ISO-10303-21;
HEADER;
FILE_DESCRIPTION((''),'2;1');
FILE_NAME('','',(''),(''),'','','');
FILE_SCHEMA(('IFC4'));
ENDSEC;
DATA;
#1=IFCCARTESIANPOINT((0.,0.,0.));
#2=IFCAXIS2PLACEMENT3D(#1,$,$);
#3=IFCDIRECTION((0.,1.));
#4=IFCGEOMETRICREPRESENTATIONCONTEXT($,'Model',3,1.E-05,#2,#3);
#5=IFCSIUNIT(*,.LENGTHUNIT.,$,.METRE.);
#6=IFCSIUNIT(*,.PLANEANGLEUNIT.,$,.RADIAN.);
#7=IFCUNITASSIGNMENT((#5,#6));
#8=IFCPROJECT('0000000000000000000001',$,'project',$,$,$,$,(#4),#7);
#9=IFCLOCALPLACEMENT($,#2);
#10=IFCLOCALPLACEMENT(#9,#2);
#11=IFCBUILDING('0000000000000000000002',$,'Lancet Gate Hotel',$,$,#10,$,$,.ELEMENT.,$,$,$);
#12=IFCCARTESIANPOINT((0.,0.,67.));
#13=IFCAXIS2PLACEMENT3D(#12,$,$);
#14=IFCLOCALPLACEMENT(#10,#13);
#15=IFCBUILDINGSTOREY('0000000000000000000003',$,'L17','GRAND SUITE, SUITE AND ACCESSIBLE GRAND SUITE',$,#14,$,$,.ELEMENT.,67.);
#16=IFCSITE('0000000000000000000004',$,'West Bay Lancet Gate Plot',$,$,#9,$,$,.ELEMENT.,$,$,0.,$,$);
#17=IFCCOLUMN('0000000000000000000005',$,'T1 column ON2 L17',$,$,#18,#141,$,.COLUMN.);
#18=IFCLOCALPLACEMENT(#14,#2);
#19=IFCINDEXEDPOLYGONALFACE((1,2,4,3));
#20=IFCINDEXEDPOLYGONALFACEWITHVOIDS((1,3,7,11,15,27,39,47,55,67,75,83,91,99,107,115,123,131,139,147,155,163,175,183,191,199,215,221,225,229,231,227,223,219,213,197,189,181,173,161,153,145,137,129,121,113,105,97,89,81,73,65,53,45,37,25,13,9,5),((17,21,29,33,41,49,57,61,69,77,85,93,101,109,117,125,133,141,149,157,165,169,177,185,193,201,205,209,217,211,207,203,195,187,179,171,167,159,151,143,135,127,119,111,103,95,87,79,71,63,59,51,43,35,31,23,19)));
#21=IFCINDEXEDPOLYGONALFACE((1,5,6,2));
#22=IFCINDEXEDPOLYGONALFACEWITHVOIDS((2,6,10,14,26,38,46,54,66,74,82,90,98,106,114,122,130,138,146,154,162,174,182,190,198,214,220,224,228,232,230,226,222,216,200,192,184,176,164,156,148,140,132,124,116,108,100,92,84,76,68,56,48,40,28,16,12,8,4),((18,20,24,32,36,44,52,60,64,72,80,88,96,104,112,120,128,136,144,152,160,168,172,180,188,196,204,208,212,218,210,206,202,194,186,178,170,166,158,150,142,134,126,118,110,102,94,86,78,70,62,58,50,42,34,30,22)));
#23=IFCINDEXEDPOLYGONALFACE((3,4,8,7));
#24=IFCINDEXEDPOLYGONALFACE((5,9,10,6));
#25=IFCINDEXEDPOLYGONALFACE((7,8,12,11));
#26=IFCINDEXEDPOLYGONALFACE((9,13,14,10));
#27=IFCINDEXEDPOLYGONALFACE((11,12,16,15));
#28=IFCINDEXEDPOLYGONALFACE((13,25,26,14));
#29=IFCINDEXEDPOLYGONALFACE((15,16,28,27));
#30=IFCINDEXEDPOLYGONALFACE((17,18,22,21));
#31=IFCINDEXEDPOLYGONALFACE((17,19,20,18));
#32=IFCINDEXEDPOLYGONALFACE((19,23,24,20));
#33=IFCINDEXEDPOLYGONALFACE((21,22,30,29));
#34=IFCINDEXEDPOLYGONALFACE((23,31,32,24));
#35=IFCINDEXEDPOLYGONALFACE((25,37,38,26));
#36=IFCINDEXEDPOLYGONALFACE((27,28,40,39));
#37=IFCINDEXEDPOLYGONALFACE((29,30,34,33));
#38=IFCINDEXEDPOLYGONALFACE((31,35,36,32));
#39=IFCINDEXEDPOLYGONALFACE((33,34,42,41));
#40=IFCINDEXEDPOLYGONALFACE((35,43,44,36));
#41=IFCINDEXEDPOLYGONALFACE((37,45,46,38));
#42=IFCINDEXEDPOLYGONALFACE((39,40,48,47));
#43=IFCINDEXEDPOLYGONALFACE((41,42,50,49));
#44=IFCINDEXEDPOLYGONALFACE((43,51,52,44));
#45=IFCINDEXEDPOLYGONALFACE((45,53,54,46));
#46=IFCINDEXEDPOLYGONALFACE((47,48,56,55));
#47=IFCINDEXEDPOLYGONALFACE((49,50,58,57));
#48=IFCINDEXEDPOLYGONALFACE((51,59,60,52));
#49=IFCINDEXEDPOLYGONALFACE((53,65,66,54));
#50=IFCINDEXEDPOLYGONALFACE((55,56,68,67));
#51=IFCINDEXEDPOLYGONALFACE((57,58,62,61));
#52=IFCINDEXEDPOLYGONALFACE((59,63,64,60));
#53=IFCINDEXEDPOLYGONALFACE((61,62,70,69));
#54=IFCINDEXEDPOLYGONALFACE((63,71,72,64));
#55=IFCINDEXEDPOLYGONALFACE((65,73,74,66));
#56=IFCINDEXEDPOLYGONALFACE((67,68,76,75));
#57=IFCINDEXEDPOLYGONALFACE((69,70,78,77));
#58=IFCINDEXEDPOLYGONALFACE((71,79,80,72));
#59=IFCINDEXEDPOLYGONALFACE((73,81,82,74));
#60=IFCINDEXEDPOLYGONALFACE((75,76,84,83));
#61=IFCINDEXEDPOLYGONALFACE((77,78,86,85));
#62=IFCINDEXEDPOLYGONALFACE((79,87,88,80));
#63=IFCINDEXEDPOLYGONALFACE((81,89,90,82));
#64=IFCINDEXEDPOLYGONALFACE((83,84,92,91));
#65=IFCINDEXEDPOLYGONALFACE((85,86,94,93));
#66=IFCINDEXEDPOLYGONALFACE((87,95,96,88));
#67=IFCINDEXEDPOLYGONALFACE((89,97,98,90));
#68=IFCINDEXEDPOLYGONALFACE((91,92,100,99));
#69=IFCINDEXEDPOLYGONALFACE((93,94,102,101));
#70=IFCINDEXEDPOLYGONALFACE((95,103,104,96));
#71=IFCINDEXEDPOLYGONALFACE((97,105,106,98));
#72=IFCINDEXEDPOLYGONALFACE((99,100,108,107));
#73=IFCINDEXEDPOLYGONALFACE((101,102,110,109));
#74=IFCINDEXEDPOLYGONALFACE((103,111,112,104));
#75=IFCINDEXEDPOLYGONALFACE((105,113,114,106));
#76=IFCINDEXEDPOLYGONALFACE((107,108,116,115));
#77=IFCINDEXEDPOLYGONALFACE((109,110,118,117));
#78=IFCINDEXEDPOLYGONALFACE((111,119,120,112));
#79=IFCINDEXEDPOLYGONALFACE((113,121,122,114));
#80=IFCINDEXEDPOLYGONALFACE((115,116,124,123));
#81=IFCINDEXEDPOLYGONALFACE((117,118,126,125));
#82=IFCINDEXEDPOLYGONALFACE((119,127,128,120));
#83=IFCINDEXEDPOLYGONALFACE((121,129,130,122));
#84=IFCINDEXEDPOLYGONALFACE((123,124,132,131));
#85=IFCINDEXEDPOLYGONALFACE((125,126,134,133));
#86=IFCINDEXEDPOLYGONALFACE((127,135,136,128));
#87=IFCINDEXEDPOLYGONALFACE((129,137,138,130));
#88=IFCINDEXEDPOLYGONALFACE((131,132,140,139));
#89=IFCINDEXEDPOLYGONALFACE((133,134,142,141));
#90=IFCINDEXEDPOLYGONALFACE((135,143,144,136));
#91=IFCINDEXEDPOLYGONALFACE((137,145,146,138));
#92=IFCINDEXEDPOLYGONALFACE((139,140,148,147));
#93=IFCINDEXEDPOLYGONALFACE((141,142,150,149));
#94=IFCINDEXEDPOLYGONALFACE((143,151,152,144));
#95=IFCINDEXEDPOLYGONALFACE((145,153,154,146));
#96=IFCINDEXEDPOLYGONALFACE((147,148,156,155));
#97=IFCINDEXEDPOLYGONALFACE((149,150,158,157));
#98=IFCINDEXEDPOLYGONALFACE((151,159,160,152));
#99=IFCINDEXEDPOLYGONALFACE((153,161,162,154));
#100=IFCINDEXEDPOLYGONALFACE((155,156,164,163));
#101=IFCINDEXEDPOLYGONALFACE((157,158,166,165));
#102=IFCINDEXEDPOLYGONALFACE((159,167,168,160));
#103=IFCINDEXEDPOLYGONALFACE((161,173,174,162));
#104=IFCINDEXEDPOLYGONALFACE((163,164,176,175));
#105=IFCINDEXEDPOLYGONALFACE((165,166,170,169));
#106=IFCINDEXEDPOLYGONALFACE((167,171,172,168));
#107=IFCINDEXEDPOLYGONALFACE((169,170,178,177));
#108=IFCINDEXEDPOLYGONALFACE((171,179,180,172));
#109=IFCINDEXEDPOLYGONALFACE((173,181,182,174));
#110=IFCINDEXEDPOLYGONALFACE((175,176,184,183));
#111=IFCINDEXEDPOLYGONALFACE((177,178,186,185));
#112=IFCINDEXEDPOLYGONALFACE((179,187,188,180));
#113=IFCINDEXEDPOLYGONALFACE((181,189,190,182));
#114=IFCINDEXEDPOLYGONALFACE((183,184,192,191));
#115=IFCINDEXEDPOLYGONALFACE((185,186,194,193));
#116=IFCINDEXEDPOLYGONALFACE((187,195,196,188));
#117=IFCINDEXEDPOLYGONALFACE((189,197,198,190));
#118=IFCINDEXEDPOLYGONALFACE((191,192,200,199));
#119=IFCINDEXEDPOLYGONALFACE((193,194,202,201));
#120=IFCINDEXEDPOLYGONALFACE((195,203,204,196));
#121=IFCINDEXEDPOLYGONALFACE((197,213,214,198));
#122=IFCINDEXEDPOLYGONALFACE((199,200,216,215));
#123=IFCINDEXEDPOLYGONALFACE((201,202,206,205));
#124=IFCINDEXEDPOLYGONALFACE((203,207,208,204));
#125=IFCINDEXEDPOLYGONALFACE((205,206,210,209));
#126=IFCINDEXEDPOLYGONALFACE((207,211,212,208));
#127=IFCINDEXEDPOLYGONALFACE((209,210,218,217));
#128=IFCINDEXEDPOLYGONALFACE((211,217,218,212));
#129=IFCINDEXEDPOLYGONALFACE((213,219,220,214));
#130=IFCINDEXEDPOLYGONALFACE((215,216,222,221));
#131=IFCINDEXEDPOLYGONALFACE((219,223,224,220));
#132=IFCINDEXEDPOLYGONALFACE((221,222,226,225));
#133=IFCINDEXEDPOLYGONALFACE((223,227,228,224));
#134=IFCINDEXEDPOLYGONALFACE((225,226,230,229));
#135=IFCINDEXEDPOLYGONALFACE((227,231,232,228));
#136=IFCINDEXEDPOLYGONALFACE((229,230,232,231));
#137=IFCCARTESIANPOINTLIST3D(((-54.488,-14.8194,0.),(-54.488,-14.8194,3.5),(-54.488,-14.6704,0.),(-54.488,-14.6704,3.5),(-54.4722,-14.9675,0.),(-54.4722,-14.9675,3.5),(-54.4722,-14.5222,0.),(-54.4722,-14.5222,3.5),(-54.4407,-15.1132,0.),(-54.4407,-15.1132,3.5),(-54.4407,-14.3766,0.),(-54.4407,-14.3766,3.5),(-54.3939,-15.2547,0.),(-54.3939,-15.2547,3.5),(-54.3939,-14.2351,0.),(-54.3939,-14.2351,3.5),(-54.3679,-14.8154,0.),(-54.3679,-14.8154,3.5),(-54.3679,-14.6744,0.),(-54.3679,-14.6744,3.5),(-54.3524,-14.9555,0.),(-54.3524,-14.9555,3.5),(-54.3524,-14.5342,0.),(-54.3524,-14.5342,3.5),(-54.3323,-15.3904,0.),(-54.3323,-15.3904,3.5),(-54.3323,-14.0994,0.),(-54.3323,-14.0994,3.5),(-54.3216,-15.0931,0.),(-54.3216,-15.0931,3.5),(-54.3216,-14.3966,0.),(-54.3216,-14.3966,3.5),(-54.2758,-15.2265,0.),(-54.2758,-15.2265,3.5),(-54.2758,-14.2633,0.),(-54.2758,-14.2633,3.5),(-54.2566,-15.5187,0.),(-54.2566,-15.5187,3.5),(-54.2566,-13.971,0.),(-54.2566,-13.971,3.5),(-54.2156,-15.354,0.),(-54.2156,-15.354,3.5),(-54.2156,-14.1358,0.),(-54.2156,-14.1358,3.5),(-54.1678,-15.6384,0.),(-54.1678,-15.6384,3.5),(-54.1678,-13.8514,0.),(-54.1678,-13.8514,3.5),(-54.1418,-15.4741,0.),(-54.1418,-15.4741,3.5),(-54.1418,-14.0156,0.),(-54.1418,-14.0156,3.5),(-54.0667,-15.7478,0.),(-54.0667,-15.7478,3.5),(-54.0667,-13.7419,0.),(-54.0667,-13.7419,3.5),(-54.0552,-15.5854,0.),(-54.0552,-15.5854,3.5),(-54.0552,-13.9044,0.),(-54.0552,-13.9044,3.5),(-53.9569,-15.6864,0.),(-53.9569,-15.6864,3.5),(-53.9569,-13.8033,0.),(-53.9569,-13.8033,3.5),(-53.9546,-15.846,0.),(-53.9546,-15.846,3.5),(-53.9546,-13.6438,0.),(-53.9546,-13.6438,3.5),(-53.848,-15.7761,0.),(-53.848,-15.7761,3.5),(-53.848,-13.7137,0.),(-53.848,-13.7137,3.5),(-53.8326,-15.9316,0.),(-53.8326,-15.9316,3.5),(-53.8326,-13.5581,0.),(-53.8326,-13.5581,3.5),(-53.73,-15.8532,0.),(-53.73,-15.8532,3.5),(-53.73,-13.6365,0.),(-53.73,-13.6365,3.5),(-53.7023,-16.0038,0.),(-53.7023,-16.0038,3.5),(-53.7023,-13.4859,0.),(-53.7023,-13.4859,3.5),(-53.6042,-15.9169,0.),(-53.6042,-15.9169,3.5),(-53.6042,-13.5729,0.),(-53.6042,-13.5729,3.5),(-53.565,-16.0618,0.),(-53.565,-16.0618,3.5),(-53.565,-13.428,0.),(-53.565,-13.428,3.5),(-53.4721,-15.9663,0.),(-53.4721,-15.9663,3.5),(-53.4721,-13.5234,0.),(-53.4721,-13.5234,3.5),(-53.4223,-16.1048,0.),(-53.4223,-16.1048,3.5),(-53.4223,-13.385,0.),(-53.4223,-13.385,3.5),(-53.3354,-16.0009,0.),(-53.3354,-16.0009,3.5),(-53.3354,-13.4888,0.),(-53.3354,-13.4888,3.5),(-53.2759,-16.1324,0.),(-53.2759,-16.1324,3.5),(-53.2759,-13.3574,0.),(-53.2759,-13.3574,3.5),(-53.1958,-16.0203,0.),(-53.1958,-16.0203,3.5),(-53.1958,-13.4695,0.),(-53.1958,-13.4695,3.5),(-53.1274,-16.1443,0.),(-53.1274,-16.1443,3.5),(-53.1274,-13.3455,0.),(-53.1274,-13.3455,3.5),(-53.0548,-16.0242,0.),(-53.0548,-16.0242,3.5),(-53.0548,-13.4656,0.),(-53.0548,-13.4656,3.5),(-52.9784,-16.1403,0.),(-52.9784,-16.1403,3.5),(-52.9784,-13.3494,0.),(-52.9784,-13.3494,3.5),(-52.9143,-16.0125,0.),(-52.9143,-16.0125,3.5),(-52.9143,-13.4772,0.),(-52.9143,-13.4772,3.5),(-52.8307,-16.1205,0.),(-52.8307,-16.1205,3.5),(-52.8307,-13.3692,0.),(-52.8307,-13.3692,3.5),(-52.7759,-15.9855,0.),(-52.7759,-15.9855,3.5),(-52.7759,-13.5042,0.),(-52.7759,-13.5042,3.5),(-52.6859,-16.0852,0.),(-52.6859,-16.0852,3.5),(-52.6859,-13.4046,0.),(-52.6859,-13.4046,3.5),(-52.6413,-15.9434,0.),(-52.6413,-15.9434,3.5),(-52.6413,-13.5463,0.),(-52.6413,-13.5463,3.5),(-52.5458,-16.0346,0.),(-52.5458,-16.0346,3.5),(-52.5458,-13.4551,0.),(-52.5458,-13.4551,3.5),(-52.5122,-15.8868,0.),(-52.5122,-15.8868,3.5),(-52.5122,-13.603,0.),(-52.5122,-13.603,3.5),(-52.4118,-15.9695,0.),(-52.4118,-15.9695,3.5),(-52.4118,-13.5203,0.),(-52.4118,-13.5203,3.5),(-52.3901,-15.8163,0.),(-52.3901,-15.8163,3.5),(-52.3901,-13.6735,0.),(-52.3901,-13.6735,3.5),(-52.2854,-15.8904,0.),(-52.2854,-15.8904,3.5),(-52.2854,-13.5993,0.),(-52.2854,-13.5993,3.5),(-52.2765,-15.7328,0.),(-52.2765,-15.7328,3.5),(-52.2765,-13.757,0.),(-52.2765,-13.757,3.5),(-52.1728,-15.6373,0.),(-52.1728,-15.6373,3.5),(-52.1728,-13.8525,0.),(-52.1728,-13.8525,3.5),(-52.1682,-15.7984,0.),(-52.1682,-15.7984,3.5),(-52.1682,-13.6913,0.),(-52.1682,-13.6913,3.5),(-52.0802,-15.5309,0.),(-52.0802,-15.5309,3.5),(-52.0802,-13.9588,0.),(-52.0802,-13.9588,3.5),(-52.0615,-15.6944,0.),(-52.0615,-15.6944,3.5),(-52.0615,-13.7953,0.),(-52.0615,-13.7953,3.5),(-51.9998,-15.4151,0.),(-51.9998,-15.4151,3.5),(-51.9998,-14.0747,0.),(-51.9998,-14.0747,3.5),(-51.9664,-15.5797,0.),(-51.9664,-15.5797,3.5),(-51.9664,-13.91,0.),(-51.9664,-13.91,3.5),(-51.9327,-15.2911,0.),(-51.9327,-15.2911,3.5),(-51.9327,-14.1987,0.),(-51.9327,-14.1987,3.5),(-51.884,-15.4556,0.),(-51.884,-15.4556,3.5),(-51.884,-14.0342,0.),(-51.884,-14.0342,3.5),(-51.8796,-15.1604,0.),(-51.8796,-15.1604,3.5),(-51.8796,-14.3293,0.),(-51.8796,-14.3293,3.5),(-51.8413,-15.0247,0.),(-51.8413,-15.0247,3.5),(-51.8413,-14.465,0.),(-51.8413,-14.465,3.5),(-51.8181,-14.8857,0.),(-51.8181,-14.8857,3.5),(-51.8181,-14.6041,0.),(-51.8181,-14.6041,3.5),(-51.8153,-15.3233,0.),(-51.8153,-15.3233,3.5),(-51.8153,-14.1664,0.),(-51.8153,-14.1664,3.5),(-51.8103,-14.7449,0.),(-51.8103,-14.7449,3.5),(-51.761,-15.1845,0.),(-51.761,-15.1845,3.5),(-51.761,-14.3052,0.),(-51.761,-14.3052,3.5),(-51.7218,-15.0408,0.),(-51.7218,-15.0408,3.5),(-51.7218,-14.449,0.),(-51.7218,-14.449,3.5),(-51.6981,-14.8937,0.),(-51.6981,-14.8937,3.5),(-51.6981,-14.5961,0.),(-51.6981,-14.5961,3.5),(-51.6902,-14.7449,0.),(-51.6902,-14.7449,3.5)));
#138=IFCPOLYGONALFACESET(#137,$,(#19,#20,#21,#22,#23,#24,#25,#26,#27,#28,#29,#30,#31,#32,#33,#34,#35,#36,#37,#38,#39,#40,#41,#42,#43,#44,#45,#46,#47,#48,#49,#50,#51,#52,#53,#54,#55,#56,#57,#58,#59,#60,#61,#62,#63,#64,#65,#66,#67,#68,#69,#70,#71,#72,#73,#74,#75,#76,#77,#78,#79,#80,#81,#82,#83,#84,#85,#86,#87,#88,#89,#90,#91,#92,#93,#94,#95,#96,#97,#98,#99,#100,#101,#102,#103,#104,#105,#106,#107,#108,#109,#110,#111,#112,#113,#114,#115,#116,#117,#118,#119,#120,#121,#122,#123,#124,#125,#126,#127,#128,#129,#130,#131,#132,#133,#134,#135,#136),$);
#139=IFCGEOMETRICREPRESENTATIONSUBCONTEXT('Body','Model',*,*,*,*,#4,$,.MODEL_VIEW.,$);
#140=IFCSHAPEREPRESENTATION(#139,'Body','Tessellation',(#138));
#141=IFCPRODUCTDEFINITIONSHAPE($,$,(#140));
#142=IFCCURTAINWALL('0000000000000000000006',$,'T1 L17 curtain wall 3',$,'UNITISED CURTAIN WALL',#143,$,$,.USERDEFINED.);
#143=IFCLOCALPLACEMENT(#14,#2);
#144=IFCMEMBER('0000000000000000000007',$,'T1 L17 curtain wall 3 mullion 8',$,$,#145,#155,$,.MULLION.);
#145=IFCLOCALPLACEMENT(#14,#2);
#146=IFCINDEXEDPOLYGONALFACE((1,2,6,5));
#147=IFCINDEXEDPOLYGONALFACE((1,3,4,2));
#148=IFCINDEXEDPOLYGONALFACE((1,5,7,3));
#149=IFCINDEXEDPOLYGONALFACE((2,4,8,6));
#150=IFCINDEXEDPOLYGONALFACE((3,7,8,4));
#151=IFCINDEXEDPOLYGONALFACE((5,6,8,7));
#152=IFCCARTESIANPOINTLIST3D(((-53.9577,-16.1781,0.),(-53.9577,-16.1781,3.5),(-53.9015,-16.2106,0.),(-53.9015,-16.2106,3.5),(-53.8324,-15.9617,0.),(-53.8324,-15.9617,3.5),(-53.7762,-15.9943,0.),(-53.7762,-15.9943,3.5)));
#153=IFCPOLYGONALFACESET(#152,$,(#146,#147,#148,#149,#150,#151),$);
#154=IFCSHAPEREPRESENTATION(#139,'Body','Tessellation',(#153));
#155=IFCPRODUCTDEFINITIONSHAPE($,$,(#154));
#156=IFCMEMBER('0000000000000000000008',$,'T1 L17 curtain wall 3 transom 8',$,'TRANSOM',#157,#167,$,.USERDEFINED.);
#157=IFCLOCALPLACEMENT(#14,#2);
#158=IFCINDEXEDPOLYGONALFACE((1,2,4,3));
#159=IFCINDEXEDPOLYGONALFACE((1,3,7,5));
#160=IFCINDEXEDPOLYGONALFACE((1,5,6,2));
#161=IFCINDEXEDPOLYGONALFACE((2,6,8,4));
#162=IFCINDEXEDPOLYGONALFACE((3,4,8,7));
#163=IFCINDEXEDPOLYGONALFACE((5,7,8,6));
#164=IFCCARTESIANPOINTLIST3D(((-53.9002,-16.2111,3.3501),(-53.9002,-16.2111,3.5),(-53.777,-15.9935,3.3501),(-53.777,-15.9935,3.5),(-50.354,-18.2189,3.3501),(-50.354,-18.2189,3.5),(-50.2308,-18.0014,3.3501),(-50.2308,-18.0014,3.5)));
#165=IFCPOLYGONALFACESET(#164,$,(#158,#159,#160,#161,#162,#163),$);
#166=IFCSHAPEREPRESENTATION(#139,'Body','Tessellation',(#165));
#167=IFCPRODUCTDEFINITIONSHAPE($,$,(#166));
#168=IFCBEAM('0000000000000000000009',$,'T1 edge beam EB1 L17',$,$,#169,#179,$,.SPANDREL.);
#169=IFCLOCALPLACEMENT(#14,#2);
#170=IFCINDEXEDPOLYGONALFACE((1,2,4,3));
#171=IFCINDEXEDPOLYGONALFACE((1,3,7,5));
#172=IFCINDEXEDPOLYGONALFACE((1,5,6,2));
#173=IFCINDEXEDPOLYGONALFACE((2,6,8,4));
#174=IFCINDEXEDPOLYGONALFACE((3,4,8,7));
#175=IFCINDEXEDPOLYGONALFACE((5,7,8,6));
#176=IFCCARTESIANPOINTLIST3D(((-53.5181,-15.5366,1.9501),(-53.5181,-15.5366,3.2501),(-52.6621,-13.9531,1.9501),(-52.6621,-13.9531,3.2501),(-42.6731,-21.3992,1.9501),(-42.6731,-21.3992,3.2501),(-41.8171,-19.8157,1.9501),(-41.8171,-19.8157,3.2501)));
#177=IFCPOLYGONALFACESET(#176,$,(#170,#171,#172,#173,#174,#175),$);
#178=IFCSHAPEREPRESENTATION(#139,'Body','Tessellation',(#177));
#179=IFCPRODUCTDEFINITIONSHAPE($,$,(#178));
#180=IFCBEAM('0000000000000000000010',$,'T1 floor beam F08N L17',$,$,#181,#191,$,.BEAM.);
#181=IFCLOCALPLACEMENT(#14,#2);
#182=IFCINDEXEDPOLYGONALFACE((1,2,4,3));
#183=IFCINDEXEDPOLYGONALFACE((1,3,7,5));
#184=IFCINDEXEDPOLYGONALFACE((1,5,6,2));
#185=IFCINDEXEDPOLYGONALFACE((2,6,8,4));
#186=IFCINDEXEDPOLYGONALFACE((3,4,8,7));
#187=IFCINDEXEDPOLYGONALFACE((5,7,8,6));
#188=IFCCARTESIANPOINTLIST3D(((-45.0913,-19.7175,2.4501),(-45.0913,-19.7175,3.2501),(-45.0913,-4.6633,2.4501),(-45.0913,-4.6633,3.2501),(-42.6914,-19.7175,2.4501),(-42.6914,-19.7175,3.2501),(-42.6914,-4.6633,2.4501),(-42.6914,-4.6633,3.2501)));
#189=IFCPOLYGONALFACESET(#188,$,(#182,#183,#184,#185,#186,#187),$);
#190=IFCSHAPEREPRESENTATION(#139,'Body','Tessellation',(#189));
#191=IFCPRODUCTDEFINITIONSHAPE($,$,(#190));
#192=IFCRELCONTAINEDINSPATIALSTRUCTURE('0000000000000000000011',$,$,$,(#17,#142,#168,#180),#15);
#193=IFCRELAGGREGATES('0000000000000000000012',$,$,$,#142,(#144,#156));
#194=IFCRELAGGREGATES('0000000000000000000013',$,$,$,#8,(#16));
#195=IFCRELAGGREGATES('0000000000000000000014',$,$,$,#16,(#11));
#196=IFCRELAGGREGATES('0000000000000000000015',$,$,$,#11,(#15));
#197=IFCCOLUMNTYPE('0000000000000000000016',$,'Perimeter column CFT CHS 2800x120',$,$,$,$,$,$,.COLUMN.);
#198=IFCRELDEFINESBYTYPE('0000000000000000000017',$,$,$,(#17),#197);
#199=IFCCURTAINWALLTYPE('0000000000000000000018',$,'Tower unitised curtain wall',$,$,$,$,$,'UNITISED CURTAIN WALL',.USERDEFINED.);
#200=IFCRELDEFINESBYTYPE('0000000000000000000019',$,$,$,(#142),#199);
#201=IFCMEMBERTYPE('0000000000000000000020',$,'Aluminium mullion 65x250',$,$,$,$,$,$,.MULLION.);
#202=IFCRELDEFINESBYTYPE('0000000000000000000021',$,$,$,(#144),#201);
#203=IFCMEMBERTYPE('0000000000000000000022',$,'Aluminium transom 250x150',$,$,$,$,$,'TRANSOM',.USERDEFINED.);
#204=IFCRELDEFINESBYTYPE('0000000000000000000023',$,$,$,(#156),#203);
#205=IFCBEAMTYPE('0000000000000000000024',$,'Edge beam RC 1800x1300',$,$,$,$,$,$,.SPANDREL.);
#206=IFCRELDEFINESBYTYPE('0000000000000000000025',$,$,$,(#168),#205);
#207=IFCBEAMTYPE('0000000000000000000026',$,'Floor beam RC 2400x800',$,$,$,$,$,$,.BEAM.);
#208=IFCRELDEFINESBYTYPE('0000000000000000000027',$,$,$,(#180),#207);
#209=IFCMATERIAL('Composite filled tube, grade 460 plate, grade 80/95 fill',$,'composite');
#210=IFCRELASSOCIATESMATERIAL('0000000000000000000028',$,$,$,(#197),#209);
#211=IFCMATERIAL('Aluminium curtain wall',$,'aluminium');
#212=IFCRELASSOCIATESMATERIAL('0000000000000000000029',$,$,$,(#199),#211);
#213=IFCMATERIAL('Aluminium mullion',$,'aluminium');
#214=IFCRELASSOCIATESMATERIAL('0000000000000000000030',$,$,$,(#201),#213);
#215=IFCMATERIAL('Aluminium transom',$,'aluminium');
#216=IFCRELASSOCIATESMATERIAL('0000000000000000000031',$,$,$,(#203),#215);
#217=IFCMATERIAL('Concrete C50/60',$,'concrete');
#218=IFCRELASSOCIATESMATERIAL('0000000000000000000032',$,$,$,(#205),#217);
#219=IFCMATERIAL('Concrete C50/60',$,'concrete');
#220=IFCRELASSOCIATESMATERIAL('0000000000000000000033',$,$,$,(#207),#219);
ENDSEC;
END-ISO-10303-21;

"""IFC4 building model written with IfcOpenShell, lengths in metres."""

from ifc_helpers import new_model, si_unit, direction, frame, origin, origin_2d, place, context, subcontext, project, spatial, rectangle, hollow_circle, extrude, material, material_profile, profile_set, type_object, element, aggregate, save


model = new_model("IFC4")

# Units and contexts
model_context = context("Model", 3, precision=1e-05, world=origin(), true_north=direction((0.0, 1.0)))
body_context = subcontext(model_context, "Body", "Model", "MODEL_VIEW")
ifc_project = project(units=[si_unit("LENGTHUNIT", "METRE"), si_unit("PLANEANGLEUNIT", "RADIAN")], contexts=[model_context])

# Site, building, storey
site_placement = place(None, origin())
site = spatial("IfcSite", under=ifc_project, at=site_placement, Name="West Bay Lancet Gate Plot", CompositionType="ELEMENT", RefElevation=0.0)
building_placement = place(site_placement, origin())
building = spatial("IfcBuilding", under=site, at=building_placement, Name="Lancet Gate Hotel", CompositionType="ELEMENT")
storey_placement = place(building_placement, frame((0.0, 0.0, 67.0)))
storey = spatial("IfcBuildingStorey", under=building, at=storey_placement, Name="L17", Description="GRAND SUITE, SUITE AND ACCESSIBLE GRAND SUITE", CompositionType="ELEMENT", Elevation=67.0)

# Column
ifc_material_1 = material(Name="Composite filled tube, grade 460 plate, grade 80/95 fill", Category="composite")
ifc_material_profile_1 = material_profile(ifc_material_1, hollow_circle(Radius=1.3999, WallThickness=0.1201, at=origin_2d()), Name="CHS 2800x120")
ifc_profile_set_1 = profile_set([ifc_material_profile_1], Name="Composite filled tube, grade 460 plate, grade 80/95 fill")
column_type = type_object("IfcColumnType", Name="Perimeter column CFT CHS 2800x120", PredefinedType="COLUMN", material=ifc_profile_set_1)
column_placement = place(storey_placement, frame((-53.0901, -14.7449, 0.0), z_axis=(0.0, 0.0, 1.0), x_axis=(1.0, 0.0, 0.0)))
element("IfcColumn", 1, at=column_placement, inside=storey, type_object=column_type, Name="T1 column ON2 L17", PredefinedType="COLUMN", context=body_context, shape_type="SweptSolid", body=[
    extrude(hollow_circle(Radius=1.3999, WallThickness=0.1201, at=origin_2d()), origin(), (0.0, 0.0, 1.0), 3.5),
])

# Curtain wall, members
ifc_material_2 = material(Name="Aluminium curtain wall", Category="aluminium")
curtain_wall_type = type_object("IfcCurtainWallType", Name="Tower unitised curtain wall", ElementType="UNITISED CURTAIN WALL", PredefinedType="USERDEFINED", material=ifc_material_2)
curtain_wall_placement = place(storey_placement, origin())
curtain_wall = element("IfcCurtainWall", 2, at=curtain_wall_placement, inside=storey, type_object=curtain_wall_type, Name="T1 L17 curtain wall 3", ObjectType="UNITISED CURTAIN WALL", PredefinedType="USERDEFINED")
ifc_material_3 = material(Name="Aluminium mullion", Category="aluminium")
ifc_material_profile_2 = material_profile(ifc_material_3, rectangle(XDim=0.0649, YDim=0.25, at=origin_2d()), Name="MULLION 65x250")
ifc_profile_set_2 = profile_set([ifc_material_profile_2], Name="Aluminium mullion")
member_type_1 = type_object("IfcMemberType", Name="Aluminium mullion 65x250", PredefinedType="MULLION", material=ifc_profile_set_2)
member_1_placement = place(storey_placement, frame((-53.8669, -16.0862, 0.0), z_axis=(0.0, 0.0, 1.0), x_axis=(0.865335, -0.501194, 0.0)))
member_1 = element("IfcMember", 3, at=member_1_placement, type_object=member_type_1, Name="T1 L17 curtain wall 3 mullion 8", PredefinedType="MULLION", context=body_context, shape_type="SweptSolid", body=[
    extrude(rectangle(XDim=0.0649, YDim=0.25, at=origin_2d()), origin(), (0.0, 0.0, 1.0), 3.5),
])
ifc_material_4 = material(Name="Aluminium transom", Category="aluminium")
ifc_material_profile_3 = material_profile(ifc_material_4, rectangle(XDim=0.25, YDim=0.1499, at=origin_2d()), Name="TRANSOM 250x150")
ifc_profile_set_3 = profile_set([ifc_material_profile_3], Name="Aluminium transom")
member_type_2 = type_object("IfcMemberType", Name="Aluminium transom 250x150", ElementType="TRANSOM", PredefinedType="USERDEFINED", material=ifc_profile_set_3)
member_2_placement = place(storey_placement, frame((-53.8386, -16.1023, 3.425), z_axis=(0.870198, -0.492703, 0.0), x_axis=(0.492703, 0.870198, 0.0)))
member_2 = element("IfcMember", 4, at=member_2_placement, type_object=member_type_2, Name="T1 L17 curtain wall 3 transom 8", ObjectType="TRANSOM", PredefinedType="USERDEFINED", context=body_context, shape_type="SweptSolid", body=[
    extrude(rectangle(XDim=0.25, YDim=0.1499, at=origin_2d()), origin(), (0.0, 0.0, 1.0), 4.0752),
])

# Beams
ifc_material_5 = material(Name="Concrete C50/60", Category="concrete")
ifc_material_profile_4 = material_profile(ifc_material_5, rectangle(XDim=1.8, YDim=1.3, at=origin_2d()), Name="RC 1800x1300")
ifc_profile_set_4 = profile_set([ifc_material_profile_4], Name="Concrete C50/60")
beam_type_1 = type_object("IfcBeamType", Name="Edge beam RC 1800x1300", PredefinedType="SPANDREL", material=ifc_profile_set_4)
beam_1_placement = place(storey_placement, frame((-53.0901, -14.7449, 2.6001), z_axis=(0.879693, -0.475542, 0.0), x_axis=(0.475542, 0.879693, 0.0)))
element("IfcBeam", 5, at=beam_1_placement, inside=storey, type_object=beam_type_1, Name="T1 edge beam EB1 L17", PredefinedType="SPANDREL", context=body_context, shape_type="SweptSolid", body=[
    extrude(rectangle(XDim=1.8, YDim=1.3, at=origin_2d()), origin(), (0.0, 0.0, 1.0), 12.3281),
])
ifc_material_6 = material(Name="Concrete C50/60", Category="concrete")
ifc_material_profile_5 = material_profile(ifc_material_6, rectangle(XDim=2.3999, YDim=0.8, at=origin_2d()), Name="RC 2400x800")
ifc_profile_set_5 = profile_set([ifc_material_profile_5], Name="Concrete C50/60")
beam_type_2 = type_object("IfcBeamType", Name="Floor beam RC 2400x800", PredefinedType="BEAM", material=ifc_profile_set_5)
beam_2_placement = place(storey_placement, frame((-43.8914, -4.6633, 2.8501), z_axis=(0.0, -1.0, 0.0), x_axis=(1.0, 0.0, 0.0)))
element("IfcBeam", 6, at=beam_2_placement, inside=storey, type_object=beam_type_2, Name="T1 floor beam F08N L17", PredefinedType="BEAM", context=body_context, shape_type="SweptSolid", body=[
    extrude(rectangle(XDim=2.3999, YDim=0.8, at=origin_2d()), origin(), (0.0, 0.0, 1.0), 15.0542),
])

aggregate(curtain_wall, [member_1, member_2])

save(model, "model.ifc")
